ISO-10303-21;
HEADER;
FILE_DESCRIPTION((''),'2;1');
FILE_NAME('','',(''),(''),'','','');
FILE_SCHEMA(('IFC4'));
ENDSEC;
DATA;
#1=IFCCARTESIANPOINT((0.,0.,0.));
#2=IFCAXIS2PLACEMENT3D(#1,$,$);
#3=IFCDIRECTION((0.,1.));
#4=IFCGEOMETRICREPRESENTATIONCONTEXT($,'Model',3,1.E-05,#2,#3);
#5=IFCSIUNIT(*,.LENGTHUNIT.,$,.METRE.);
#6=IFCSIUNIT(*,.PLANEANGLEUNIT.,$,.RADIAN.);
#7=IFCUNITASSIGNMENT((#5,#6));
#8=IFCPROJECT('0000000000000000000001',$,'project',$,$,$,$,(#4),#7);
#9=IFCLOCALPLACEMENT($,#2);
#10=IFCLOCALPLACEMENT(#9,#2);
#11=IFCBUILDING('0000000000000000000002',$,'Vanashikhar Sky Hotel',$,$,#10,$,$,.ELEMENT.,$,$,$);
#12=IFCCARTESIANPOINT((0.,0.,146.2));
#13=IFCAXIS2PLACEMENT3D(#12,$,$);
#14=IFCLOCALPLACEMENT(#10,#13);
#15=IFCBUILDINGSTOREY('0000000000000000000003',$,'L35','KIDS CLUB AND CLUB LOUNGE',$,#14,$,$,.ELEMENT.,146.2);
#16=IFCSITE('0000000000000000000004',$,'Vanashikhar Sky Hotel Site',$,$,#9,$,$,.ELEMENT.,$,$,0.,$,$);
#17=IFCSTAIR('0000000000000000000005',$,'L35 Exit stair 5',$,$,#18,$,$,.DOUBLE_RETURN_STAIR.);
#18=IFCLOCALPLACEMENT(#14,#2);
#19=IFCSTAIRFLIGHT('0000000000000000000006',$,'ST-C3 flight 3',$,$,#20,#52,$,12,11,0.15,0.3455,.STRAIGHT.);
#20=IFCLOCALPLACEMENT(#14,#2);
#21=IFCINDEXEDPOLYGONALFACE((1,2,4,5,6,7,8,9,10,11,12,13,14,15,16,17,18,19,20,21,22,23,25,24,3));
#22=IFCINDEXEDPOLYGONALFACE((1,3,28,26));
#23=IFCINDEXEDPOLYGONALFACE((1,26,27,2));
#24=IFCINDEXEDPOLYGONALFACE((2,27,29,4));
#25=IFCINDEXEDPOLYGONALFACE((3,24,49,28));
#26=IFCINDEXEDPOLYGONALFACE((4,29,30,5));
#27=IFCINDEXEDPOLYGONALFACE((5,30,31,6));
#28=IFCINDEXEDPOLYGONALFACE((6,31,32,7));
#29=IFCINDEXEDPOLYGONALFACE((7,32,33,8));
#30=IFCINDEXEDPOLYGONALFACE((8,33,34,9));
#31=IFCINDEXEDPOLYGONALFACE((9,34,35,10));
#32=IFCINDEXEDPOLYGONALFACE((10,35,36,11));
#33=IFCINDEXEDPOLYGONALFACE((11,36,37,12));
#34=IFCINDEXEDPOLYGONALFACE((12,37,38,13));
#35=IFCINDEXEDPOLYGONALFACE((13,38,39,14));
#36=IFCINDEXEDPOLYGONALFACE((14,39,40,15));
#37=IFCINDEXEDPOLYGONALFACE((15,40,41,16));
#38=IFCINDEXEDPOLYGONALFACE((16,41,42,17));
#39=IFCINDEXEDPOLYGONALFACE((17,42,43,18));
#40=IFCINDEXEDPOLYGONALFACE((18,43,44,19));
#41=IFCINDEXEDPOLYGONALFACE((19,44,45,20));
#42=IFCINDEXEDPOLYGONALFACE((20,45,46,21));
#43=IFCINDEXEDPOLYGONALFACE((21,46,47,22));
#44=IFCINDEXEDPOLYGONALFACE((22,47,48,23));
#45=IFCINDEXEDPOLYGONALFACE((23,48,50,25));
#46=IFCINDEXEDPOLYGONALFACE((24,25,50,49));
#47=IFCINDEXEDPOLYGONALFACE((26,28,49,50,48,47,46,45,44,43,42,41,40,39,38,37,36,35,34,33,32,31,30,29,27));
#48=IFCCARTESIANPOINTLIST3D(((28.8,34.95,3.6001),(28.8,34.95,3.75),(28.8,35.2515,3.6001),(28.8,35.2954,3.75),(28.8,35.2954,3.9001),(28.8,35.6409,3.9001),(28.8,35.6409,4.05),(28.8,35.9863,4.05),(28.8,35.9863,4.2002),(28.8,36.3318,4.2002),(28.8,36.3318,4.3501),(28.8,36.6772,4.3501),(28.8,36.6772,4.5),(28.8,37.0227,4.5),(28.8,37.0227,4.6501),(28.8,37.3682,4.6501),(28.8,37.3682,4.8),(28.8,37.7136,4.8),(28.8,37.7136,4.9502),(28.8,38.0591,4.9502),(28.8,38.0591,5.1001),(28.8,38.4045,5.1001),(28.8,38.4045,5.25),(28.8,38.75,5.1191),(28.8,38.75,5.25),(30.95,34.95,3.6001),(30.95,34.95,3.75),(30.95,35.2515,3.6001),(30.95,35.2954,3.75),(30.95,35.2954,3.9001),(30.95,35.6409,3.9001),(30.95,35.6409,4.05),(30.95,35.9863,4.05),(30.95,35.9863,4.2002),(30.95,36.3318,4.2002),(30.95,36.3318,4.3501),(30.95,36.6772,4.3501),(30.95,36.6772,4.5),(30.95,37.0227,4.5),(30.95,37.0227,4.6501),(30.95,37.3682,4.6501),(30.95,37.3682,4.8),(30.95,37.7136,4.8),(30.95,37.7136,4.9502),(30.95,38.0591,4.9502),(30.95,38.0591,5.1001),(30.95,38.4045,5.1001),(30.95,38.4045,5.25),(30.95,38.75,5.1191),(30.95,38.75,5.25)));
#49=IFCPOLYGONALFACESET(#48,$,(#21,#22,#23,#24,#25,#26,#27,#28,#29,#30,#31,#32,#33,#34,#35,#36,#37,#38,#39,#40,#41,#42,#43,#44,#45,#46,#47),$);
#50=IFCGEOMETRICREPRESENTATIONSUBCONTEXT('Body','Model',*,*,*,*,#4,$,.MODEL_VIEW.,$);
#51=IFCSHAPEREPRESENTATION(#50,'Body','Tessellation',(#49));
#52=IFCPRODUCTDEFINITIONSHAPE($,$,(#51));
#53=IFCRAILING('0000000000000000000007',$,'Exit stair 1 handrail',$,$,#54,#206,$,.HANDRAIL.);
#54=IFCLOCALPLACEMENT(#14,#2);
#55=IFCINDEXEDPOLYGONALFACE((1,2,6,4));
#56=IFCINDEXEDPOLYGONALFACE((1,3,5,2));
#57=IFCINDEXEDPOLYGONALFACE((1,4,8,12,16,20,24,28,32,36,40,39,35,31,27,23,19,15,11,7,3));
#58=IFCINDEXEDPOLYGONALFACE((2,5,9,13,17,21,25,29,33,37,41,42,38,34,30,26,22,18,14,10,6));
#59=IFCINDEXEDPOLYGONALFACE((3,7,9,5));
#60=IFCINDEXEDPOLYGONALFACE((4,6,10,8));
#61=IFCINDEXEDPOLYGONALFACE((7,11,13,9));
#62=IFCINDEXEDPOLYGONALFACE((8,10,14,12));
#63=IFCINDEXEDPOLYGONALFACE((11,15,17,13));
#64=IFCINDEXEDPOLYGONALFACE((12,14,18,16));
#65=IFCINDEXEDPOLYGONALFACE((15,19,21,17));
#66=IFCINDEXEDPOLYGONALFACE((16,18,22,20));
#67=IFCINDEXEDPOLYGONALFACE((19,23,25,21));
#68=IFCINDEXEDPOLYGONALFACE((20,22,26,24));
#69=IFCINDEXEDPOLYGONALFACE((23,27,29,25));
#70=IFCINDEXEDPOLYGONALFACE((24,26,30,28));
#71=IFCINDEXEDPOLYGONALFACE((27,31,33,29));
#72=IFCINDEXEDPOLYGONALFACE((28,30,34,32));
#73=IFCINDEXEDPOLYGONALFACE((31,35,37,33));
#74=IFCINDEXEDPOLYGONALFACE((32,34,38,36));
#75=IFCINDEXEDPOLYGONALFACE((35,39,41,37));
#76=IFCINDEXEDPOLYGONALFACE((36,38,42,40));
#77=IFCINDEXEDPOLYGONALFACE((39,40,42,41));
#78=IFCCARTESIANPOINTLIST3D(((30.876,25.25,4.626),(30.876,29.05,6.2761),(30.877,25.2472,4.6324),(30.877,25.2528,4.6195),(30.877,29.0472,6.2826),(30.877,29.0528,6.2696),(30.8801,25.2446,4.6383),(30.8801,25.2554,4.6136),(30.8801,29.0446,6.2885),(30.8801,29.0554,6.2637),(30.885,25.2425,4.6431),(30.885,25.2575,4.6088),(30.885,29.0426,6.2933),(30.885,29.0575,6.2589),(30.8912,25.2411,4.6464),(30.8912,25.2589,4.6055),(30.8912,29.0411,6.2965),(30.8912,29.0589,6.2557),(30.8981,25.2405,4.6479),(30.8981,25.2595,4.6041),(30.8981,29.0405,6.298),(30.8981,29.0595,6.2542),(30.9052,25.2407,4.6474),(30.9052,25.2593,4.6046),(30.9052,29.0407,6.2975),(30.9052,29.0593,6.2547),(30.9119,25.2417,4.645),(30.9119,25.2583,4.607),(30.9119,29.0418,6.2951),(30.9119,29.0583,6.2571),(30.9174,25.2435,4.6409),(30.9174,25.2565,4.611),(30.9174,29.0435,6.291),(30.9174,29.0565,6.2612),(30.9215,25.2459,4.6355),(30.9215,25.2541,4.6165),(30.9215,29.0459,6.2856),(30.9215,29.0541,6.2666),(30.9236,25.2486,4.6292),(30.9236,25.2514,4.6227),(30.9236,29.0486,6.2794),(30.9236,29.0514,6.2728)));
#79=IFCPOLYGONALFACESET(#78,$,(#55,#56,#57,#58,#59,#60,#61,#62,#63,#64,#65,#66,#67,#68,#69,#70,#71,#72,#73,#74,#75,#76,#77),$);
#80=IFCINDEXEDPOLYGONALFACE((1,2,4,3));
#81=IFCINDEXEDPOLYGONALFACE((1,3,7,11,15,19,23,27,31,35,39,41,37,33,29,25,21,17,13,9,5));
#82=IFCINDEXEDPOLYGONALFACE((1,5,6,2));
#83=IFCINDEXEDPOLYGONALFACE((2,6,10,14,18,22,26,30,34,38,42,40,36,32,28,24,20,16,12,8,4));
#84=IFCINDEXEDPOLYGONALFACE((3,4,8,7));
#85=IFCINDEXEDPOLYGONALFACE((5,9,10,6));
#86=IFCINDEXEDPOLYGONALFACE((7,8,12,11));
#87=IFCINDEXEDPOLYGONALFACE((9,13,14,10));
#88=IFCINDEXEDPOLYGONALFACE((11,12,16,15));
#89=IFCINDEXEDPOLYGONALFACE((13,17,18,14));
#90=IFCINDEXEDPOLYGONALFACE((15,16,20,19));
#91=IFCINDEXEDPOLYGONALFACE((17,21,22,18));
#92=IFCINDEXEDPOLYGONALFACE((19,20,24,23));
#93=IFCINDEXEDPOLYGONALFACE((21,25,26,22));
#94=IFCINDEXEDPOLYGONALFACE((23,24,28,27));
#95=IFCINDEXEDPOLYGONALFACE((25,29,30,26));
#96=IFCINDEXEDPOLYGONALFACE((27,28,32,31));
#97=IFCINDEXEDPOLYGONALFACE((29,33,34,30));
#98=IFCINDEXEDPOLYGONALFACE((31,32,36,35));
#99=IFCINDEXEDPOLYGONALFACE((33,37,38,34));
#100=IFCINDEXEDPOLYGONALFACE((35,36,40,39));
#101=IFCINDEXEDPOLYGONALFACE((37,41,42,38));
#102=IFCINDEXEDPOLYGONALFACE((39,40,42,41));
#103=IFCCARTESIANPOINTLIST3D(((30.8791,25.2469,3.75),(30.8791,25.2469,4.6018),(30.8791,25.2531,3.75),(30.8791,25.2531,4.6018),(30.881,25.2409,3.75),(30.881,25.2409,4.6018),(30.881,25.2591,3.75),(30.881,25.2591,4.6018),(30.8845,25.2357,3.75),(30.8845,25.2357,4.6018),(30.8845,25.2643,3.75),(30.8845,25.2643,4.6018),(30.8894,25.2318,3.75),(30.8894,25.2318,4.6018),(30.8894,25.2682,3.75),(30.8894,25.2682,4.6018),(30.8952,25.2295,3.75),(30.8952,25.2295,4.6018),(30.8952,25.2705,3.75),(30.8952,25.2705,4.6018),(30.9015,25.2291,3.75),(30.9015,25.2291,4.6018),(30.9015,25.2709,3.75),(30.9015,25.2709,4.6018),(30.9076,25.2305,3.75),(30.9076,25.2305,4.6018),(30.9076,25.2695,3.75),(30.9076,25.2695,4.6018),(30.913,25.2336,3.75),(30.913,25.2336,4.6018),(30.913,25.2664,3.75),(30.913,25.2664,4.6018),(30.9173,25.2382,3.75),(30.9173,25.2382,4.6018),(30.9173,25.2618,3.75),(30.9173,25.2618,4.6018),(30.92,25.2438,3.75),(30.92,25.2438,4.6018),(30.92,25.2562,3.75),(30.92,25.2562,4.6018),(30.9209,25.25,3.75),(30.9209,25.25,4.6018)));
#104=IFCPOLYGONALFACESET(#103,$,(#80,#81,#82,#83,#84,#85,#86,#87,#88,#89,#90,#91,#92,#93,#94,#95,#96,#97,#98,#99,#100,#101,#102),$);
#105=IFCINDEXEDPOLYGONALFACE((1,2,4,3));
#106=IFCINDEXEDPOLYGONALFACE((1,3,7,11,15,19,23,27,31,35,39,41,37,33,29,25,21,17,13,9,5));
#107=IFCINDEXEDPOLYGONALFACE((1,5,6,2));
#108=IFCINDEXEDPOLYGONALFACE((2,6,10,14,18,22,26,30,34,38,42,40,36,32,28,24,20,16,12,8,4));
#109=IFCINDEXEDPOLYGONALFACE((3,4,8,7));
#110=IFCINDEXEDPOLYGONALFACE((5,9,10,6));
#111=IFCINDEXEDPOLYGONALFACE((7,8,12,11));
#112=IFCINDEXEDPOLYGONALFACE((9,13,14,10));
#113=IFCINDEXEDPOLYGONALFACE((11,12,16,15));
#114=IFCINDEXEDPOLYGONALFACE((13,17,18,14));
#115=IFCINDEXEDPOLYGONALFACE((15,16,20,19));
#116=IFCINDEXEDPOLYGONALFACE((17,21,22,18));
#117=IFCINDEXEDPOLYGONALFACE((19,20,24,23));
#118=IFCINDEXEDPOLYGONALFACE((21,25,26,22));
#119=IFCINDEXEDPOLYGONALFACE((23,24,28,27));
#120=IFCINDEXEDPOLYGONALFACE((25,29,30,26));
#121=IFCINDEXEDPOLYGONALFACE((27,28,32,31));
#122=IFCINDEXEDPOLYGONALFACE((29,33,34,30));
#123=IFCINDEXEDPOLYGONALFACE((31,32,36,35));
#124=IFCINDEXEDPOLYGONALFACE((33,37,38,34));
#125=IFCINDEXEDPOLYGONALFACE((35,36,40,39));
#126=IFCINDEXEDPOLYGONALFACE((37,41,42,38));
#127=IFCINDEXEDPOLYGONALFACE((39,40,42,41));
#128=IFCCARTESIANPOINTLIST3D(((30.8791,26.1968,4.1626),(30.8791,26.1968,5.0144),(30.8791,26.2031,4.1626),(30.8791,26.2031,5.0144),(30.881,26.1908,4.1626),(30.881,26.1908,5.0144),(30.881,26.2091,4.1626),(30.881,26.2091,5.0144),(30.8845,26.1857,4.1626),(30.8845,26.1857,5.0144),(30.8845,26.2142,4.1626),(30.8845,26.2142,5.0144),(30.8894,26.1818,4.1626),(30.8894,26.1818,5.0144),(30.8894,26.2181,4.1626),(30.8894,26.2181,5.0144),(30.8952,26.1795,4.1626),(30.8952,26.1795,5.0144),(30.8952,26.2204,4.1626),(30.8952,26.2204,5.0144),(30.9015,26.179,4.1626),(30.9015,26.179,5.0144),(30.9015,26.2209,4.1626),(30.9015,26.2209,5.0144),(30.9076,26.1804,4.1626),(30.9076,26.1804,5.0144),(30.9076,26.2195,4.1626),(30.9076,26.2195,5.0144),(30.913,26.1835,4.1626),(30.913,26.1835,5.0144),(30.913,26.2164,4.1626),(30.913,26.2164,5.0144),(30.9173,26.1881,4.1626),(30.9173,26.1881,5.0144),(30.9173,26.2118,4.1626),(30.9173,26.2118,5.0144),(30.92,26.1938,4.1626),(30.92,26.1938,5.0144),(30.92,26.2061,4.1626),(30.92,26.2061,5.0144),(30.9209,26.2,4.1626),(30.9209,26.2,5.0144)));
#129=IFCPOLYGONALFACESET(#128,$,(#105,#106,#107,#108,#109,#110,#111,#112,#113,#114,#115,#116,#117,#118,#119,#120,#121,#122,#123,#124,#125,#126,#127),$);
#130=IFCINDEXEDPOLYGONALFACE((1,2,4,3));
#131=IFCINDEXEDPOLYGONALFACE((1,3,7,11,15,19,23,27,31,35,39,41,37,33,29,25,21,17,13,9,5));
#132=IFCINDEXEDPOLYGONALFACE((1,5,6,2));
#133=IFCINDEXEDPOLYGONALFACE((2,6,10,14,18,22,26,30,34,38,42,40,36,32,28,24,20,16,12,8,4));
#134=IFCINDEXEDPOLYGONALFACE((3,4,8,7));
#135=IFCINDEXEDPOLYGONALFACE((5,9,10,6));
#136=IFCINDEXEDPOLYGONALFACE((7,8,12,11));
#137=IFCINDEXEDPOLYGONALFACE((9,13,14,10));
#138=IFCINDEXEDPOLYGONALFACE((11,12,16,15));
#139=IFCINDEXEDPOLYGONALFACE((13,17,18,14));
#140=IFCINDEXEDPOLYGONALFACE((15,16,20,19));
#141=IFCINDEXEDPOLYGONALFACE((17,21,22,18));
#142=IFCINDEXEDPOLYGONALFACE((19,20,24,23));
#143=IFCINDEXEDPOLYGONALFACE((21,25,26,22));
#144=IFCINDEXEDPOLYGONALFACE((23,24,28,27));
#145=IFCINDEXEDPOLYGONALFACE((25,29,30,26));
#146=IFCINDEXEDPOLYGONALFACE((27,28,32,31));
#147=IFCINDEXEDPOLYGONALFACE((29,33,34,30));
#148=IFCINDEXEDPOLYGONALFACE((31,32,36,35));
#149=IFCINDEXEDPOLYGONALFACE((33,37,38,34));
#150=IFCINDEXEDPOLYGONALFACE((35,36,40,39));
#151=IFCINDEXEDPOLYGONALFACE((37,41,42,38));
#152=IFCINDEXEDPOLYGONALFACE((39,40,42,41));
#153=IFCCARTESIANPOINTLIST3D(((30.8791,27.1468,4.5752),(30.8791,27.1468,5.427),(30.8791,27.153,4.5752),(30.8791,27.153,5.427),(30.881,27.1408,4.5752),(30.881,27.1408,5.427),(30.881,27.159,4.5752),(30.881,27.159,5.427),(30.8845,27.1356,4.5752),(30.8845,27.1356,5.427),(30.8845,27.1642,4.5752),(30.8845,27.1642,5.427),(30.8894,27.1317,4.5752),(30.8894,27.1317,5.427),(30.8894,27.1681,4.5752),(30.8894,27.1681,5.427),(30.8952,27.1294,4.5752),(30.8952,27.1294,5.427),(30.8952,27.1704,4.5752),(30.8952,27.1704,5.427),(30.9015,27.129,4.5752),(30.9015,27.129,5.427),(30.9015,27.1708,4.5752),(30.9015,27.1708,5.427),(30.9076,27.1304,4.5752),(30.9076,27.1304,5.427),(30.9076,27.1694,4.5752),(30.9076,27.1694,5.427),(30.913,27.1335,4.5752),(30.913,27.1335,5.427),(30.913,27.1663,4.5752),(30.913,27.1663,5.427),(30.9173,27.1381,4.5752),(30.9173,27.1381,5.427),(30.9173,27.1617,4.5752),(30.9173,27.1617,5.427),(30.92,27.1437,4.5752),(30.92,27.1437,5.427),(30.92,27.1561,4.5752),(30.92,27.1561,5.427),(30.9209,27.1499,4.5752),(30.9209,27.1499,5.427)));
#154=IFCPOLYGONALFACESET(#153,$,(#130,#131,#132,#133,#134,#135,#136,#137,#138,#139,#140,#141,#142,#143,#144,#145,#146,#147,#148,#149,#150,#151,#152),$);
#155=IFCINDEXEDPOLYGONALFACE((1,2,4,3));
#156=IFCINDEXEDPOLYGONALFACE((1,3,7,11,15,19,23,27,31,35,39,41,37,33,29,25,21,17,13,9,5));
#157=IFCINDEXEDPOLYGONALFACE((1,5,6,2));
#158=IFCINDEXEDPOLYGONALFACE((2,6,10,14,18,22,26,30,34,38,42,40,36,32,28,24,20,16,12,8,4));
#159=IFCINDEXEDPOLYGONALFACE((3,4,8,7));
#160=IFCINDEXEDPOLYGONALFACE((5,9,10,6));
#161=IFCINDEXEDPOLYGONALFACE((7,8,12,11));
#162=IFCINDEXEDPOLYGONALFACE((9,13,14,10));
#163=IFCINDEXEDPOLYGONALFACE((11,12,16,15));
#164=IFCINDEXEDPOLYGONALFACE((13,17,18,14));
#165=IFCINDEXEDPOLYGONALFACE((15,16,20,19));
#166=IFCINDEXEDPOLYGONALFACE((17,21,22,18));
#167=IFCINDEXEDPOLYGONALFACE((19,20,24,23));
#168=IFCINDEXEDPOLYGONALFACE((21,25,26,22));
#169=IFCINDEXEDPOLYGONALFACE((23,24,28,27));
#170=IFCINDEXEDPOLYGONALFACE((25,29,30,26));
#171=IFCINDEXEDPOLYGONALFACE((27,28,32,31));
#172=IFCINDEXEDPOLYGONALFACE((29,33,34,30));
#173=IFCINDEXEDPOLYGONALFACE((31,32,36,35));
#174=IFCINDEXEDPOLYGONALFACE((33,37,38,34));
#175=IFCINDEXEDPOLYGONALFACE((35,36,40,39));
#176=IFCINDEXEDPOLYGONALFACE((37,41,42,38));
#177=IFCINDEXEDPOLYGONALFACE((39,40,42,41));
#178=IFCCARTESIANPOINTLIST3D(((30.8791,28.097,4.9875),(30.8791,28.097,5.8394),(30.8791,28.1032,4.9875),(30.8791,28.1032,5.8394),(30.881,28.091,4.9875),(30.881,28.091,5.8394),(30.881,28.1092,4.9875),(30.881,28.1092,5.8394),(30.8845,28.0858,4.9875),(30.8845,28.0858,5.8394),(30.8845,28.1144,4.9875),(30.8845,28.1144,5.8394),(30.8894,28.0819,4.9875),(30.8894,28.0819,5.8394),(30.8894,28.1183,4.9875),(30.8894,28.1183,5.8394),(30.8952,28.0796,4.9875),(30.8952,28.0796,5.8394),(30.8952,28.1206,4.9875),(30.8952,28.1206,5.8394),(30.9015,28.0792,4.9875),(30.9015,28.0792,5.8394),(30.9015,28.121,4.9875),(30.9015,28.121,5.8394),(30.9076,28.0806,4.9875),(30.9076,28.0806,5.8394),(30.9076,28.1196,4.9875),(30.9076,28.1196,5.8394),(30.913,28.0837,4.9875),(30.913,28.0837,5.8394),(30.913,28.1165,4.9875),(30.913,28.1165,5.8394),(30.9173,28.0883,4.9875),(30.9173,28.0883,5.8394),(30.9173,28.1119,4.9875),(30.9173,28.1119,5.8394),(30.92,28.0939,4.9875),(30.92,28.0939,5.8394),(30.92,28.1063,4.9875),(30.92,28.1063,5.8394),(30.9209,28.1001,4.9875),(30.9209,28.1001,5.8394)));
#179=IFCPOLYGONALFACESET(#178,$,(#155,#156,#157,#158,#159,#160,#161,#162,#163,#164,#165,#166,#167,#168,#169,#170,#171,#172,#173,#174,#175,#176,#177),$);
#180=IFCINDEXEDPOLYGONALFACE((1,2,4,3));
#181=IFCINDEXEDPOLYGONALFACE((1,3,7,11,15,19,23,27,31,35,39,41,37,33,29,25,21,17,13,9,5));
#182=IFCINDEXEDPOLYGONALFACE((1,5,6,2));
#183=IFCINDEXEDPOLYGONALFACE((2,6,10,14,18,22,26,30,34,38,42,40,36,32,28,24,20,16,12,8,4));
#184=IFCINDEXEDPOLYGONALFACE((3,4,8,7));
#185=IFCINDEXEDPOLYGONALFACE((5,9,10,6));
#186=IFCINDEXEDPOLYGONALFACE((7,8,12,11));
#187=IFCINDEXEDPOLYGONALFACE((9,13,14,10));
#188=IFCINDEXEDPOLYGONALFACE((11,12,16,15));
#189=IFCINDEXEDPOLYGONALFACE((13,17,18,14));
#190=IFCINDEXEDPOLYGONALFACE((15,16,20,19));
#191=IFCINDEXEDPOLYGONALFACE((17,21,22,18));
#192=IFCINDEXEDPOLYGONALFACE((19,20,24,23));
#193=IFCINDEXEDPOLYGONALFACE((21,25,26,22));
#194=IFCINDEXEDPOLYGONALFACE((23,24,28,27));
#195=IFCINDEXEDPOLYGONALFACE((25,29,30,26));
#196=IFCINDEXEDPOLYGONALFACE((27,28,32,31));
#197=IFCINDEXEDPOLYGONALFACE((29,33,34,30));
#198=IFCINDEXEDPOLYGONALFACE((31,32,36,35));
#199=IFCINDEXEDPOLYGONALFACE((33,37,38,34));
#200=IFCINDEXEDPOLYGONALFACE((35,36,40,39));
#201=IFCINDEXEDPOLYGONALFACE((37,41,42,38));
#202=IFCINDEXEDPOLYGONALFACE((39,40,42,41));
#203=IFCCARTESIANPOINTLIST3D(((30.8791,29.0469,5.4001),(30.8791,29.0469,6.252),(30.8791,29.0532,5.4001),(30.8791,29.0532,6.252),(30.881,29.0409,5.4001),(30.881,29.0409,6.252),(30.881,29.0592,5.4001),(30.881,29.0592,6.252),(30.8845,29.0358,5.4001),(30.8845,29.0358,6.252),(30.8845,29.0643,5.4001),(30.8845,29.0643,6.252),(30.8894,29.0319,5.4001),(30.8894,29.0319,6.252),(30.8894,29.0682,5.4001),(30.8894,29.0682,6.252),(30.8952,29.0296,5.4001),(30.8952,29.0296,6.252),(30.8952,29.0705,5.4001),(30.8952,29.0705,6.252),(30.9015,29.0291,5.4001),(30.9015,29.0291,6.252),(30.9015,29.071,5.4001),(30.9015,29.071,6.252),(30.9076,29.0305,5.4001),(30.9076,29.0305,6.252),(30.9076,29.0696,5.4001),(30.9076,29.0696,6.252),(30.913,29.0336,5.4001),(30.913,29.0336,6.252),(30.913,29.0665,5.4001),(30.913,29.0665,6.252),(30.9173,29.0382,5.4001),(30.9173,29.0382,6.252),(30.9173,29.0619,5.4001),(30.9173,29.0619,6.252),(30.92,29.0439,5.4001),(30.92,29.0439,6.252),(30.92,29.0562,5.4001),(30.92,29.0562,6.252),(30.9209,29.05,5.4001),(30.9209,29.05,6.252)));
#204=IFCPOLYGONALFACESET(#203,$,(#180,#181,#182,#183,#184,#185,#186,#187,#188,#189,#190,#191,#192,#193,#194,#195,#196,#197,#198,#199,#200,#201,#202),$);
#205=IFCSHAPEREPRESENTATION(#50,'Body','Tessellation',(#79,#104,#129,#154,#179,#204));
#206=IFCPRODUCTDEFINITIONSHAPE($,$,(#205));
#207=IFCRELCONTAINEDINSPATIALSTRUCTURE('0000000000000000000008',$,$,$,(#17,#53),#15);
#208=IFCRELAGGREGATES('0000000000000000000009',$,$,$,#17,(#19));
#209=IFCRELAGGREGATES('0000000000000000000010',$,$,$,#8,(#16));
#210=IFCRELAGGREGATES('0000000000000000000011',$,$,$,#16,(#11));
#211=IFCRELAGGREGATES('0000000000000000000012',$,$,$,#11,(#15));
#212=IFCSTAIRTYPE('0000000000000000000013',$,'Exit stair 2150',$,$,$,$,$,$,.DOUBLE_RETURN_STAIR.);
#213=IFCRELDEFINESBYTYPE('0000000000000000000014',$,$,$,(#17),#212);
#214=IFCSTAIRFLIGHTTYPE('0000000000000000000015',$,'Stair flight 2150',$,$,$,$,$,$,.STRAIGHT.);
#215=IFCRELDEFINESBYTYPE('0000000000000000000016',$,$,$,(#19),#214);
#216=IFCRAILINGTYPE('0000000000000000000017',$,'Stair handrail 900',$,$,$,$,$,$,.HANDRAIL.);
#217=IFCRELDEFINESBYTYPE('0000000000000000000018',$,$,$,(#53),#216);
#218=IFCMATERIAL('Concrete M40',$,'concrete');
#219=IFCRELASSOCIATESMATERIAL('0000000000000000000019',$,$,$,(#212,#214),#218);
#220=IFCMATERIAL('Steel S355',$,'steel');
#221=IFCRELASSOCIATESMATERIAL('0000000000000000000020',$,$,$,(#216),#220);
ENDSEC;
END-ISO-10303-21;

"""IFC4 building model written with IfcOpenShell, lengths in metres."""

from ifc_helpers import new_model, si_unit, direction, frame, origin, origin_2d, place, context, subcontext, project, spatial, polyline, circle, outline, extrude, source, transform, mapped, material, type_object, element, aggregate, save


model = new_model("IFC4")

# Units and contexts
model_context = context("Model", 3, precision=1e-05, world=origin(), true_north=direction((0.0, 1.0)))
body_context = subcontext(model_context, "Body", "Model", "MODEL_VIEW")
ifc_project = project(units=[si_unit("LENGTHUNIT", "METRE"), si_unit("PLANEANGLEUNIT", "RADIAN")], contexts=[model_context])

# Site, building, storey
site_placement = place(None, origin())
site = spatial("IfcSite", under=ifc_project, at=site_placement, Name="Vanashikhar Sky Hotel Site", CompositionType="ELEMENT", RefElevation=0.0)
building_placement = place(site_placement, origin())
building = spatial("IfcBuilding", under=site, at=building_placement, Name="Vanashikhar Sky Hotel", CompositionType="ELEMENT")
storey_placement = place(building_placement, frame((0.0, 0.0, 146.2)))
storey = spatial("IfcBuildingStorey", under=building, at=storey_placement, Name="L35", Description="KIDS CLUB AND CLUB LOUNGE", CompositionType="ELEMENT", Elevation=146.2)

# Shared definitions
ifc_material_1 = material(Name="Concrete M40", Category="concrete")

# Shared definitions
stair_type = type_object("IfcStairType", Name="Exit stair 2150", PredefinedType="DOUBLE_RETURN_STAIR", material=ifc_material_1)
stair_flight_type = type_object("IfcStairFlightType", Name="Stair flight 2150", PredefinedType="STRAIGHT", material=ifc_material_1)
shared_shape_1 = source(origin(), body_context, "Body", "SweptSolid", [
    extrude(outline(polyline([(0.0, 0.0), (0.0, 0.1499), (0.3455, 0.1499), (0.3455, 0.3), (0.6909, 0.3), (0.6909, 0.45), (1.0364, 0.45), (1.0364, 0.6001), (1.3818, 0.6001), (1.3818, 0.75), (1.7273, 0.75), (1.7273, 0.8999), (2.0728, 0.8999), (2.0728, 1.05), (2.4182, 1.05), (2.4182, 1.2), (2.7637, 1.2), (2.7637, 1.3501), (3.1091, 1.3501), (3.1091, 1.5), (3.4546, 1.5), (3.4546, 1.6499), (3.8, 1.6499), (3.8, 1.8), (3.8, 1.519), (0.3015, 0.0), (0.0, 0.0)])), frame((0.0, 1.075, 0.0), z_axis=(0.0, -1.0, 0.0), x_axis=(1.0, 0.0, 0.0)), (0.0, 0.0, 1.0), 2.1499),
])

# Stair, stair flight
stair_1_placement = place(storey_placement, origin())
stair_1 = element("IfcStair", 1, at=stair_1_placement, inside=storey, type_object=stair_type, Name="L35 Exit stair 5", PredefinedType="DOUBLE_RETURN_STAIR")
stair_flight_1_placement = place(storey_placement, frame((29.875, 34.95, 3.6001), z_axis=(0.0, 0.0, 1.0), x_axis=(0.0, 1.0, 0.0)))
stair_flight_1 = element("IfcStairFlight", 2, at=stair_flight_1_placement, type_object=stair_flight_type, Name="ST-C3 flight 3", NumberOfRisers=12, NumberOfTreads=11, PredefinedType="STRAIGHT", RiserHeight=0.15, TreadLength=0.3455, context=body_context, shape_type="MappedRepresentation", body=[
    mapped(shared_shape_1, transform((0.0, 0.0, 0.0), scale=1.0)),
])
aggregate(stair_1, [stair_flight_1])

# Railing
ifc_material_2 = material(Name="Steel S355", Category="steel")
railing_type = type_object("IfcRailingType", Name="Stair handrail 900", PredefinedType="HANDRAIL", material=ifc_material_2)
shared_shape_2 = source(origin(), body_context, "Body", "SweptSolid", [
    extrude(circle(Radius=0.0239, at=origin_2d()), frame((0.0, 0.0, 0.876), z_axis=(0.0, 0.917251, 0.39831), x_axis=(-1.0, 0.0, 0.0)), (0.0, 0.0, 1.0), 4.1428),
    extrude(circle(Radius=0.021, at=origin_2d()), origin(), (0.0, 0.0, 1.0), 0.8518),
    extrude(circle(Radius=0.021, at=origin_2d()), frame((0.0, 0.95, 0.4126)), (0.0, 0.0, 1.0), 0.8518),
    extrude(circle(Radius=0.021, at=origin_2d()), frame((0.0, 1.8999, 0.8252)), (0.0, 0.0, 1.0), 0.8518),
    extrude(circle(Radius=0.021, at=origin_2d()), frame((0.0, 2.8501, 1.2375)), (0.0, 0.0, 1.0), 0.8518),
    extrude(circle(Radius=0.021, at=origin_2d()), frame((0.0, 3.8, 1.6501)), (0.0, 0.0, 1.0), 0.8518),
])
for number, where, name in (
    (3, (30.8999, 25.25, 3.75), "Exit stair 1 handrail"),
):
    element("IfcRailing", number, at=place(storey_placement, frame(where)), inside=storey, type_object=railing_type, Name=name, PredefinedType="HANDRAIL", context=body_context, shape_type="MappedRepresentation", body=[
        mapped(shared_shape_2, transform((0.0, 0.0, 0.0), scale=1.0)),
    ])

save(model, "model.ifc")
